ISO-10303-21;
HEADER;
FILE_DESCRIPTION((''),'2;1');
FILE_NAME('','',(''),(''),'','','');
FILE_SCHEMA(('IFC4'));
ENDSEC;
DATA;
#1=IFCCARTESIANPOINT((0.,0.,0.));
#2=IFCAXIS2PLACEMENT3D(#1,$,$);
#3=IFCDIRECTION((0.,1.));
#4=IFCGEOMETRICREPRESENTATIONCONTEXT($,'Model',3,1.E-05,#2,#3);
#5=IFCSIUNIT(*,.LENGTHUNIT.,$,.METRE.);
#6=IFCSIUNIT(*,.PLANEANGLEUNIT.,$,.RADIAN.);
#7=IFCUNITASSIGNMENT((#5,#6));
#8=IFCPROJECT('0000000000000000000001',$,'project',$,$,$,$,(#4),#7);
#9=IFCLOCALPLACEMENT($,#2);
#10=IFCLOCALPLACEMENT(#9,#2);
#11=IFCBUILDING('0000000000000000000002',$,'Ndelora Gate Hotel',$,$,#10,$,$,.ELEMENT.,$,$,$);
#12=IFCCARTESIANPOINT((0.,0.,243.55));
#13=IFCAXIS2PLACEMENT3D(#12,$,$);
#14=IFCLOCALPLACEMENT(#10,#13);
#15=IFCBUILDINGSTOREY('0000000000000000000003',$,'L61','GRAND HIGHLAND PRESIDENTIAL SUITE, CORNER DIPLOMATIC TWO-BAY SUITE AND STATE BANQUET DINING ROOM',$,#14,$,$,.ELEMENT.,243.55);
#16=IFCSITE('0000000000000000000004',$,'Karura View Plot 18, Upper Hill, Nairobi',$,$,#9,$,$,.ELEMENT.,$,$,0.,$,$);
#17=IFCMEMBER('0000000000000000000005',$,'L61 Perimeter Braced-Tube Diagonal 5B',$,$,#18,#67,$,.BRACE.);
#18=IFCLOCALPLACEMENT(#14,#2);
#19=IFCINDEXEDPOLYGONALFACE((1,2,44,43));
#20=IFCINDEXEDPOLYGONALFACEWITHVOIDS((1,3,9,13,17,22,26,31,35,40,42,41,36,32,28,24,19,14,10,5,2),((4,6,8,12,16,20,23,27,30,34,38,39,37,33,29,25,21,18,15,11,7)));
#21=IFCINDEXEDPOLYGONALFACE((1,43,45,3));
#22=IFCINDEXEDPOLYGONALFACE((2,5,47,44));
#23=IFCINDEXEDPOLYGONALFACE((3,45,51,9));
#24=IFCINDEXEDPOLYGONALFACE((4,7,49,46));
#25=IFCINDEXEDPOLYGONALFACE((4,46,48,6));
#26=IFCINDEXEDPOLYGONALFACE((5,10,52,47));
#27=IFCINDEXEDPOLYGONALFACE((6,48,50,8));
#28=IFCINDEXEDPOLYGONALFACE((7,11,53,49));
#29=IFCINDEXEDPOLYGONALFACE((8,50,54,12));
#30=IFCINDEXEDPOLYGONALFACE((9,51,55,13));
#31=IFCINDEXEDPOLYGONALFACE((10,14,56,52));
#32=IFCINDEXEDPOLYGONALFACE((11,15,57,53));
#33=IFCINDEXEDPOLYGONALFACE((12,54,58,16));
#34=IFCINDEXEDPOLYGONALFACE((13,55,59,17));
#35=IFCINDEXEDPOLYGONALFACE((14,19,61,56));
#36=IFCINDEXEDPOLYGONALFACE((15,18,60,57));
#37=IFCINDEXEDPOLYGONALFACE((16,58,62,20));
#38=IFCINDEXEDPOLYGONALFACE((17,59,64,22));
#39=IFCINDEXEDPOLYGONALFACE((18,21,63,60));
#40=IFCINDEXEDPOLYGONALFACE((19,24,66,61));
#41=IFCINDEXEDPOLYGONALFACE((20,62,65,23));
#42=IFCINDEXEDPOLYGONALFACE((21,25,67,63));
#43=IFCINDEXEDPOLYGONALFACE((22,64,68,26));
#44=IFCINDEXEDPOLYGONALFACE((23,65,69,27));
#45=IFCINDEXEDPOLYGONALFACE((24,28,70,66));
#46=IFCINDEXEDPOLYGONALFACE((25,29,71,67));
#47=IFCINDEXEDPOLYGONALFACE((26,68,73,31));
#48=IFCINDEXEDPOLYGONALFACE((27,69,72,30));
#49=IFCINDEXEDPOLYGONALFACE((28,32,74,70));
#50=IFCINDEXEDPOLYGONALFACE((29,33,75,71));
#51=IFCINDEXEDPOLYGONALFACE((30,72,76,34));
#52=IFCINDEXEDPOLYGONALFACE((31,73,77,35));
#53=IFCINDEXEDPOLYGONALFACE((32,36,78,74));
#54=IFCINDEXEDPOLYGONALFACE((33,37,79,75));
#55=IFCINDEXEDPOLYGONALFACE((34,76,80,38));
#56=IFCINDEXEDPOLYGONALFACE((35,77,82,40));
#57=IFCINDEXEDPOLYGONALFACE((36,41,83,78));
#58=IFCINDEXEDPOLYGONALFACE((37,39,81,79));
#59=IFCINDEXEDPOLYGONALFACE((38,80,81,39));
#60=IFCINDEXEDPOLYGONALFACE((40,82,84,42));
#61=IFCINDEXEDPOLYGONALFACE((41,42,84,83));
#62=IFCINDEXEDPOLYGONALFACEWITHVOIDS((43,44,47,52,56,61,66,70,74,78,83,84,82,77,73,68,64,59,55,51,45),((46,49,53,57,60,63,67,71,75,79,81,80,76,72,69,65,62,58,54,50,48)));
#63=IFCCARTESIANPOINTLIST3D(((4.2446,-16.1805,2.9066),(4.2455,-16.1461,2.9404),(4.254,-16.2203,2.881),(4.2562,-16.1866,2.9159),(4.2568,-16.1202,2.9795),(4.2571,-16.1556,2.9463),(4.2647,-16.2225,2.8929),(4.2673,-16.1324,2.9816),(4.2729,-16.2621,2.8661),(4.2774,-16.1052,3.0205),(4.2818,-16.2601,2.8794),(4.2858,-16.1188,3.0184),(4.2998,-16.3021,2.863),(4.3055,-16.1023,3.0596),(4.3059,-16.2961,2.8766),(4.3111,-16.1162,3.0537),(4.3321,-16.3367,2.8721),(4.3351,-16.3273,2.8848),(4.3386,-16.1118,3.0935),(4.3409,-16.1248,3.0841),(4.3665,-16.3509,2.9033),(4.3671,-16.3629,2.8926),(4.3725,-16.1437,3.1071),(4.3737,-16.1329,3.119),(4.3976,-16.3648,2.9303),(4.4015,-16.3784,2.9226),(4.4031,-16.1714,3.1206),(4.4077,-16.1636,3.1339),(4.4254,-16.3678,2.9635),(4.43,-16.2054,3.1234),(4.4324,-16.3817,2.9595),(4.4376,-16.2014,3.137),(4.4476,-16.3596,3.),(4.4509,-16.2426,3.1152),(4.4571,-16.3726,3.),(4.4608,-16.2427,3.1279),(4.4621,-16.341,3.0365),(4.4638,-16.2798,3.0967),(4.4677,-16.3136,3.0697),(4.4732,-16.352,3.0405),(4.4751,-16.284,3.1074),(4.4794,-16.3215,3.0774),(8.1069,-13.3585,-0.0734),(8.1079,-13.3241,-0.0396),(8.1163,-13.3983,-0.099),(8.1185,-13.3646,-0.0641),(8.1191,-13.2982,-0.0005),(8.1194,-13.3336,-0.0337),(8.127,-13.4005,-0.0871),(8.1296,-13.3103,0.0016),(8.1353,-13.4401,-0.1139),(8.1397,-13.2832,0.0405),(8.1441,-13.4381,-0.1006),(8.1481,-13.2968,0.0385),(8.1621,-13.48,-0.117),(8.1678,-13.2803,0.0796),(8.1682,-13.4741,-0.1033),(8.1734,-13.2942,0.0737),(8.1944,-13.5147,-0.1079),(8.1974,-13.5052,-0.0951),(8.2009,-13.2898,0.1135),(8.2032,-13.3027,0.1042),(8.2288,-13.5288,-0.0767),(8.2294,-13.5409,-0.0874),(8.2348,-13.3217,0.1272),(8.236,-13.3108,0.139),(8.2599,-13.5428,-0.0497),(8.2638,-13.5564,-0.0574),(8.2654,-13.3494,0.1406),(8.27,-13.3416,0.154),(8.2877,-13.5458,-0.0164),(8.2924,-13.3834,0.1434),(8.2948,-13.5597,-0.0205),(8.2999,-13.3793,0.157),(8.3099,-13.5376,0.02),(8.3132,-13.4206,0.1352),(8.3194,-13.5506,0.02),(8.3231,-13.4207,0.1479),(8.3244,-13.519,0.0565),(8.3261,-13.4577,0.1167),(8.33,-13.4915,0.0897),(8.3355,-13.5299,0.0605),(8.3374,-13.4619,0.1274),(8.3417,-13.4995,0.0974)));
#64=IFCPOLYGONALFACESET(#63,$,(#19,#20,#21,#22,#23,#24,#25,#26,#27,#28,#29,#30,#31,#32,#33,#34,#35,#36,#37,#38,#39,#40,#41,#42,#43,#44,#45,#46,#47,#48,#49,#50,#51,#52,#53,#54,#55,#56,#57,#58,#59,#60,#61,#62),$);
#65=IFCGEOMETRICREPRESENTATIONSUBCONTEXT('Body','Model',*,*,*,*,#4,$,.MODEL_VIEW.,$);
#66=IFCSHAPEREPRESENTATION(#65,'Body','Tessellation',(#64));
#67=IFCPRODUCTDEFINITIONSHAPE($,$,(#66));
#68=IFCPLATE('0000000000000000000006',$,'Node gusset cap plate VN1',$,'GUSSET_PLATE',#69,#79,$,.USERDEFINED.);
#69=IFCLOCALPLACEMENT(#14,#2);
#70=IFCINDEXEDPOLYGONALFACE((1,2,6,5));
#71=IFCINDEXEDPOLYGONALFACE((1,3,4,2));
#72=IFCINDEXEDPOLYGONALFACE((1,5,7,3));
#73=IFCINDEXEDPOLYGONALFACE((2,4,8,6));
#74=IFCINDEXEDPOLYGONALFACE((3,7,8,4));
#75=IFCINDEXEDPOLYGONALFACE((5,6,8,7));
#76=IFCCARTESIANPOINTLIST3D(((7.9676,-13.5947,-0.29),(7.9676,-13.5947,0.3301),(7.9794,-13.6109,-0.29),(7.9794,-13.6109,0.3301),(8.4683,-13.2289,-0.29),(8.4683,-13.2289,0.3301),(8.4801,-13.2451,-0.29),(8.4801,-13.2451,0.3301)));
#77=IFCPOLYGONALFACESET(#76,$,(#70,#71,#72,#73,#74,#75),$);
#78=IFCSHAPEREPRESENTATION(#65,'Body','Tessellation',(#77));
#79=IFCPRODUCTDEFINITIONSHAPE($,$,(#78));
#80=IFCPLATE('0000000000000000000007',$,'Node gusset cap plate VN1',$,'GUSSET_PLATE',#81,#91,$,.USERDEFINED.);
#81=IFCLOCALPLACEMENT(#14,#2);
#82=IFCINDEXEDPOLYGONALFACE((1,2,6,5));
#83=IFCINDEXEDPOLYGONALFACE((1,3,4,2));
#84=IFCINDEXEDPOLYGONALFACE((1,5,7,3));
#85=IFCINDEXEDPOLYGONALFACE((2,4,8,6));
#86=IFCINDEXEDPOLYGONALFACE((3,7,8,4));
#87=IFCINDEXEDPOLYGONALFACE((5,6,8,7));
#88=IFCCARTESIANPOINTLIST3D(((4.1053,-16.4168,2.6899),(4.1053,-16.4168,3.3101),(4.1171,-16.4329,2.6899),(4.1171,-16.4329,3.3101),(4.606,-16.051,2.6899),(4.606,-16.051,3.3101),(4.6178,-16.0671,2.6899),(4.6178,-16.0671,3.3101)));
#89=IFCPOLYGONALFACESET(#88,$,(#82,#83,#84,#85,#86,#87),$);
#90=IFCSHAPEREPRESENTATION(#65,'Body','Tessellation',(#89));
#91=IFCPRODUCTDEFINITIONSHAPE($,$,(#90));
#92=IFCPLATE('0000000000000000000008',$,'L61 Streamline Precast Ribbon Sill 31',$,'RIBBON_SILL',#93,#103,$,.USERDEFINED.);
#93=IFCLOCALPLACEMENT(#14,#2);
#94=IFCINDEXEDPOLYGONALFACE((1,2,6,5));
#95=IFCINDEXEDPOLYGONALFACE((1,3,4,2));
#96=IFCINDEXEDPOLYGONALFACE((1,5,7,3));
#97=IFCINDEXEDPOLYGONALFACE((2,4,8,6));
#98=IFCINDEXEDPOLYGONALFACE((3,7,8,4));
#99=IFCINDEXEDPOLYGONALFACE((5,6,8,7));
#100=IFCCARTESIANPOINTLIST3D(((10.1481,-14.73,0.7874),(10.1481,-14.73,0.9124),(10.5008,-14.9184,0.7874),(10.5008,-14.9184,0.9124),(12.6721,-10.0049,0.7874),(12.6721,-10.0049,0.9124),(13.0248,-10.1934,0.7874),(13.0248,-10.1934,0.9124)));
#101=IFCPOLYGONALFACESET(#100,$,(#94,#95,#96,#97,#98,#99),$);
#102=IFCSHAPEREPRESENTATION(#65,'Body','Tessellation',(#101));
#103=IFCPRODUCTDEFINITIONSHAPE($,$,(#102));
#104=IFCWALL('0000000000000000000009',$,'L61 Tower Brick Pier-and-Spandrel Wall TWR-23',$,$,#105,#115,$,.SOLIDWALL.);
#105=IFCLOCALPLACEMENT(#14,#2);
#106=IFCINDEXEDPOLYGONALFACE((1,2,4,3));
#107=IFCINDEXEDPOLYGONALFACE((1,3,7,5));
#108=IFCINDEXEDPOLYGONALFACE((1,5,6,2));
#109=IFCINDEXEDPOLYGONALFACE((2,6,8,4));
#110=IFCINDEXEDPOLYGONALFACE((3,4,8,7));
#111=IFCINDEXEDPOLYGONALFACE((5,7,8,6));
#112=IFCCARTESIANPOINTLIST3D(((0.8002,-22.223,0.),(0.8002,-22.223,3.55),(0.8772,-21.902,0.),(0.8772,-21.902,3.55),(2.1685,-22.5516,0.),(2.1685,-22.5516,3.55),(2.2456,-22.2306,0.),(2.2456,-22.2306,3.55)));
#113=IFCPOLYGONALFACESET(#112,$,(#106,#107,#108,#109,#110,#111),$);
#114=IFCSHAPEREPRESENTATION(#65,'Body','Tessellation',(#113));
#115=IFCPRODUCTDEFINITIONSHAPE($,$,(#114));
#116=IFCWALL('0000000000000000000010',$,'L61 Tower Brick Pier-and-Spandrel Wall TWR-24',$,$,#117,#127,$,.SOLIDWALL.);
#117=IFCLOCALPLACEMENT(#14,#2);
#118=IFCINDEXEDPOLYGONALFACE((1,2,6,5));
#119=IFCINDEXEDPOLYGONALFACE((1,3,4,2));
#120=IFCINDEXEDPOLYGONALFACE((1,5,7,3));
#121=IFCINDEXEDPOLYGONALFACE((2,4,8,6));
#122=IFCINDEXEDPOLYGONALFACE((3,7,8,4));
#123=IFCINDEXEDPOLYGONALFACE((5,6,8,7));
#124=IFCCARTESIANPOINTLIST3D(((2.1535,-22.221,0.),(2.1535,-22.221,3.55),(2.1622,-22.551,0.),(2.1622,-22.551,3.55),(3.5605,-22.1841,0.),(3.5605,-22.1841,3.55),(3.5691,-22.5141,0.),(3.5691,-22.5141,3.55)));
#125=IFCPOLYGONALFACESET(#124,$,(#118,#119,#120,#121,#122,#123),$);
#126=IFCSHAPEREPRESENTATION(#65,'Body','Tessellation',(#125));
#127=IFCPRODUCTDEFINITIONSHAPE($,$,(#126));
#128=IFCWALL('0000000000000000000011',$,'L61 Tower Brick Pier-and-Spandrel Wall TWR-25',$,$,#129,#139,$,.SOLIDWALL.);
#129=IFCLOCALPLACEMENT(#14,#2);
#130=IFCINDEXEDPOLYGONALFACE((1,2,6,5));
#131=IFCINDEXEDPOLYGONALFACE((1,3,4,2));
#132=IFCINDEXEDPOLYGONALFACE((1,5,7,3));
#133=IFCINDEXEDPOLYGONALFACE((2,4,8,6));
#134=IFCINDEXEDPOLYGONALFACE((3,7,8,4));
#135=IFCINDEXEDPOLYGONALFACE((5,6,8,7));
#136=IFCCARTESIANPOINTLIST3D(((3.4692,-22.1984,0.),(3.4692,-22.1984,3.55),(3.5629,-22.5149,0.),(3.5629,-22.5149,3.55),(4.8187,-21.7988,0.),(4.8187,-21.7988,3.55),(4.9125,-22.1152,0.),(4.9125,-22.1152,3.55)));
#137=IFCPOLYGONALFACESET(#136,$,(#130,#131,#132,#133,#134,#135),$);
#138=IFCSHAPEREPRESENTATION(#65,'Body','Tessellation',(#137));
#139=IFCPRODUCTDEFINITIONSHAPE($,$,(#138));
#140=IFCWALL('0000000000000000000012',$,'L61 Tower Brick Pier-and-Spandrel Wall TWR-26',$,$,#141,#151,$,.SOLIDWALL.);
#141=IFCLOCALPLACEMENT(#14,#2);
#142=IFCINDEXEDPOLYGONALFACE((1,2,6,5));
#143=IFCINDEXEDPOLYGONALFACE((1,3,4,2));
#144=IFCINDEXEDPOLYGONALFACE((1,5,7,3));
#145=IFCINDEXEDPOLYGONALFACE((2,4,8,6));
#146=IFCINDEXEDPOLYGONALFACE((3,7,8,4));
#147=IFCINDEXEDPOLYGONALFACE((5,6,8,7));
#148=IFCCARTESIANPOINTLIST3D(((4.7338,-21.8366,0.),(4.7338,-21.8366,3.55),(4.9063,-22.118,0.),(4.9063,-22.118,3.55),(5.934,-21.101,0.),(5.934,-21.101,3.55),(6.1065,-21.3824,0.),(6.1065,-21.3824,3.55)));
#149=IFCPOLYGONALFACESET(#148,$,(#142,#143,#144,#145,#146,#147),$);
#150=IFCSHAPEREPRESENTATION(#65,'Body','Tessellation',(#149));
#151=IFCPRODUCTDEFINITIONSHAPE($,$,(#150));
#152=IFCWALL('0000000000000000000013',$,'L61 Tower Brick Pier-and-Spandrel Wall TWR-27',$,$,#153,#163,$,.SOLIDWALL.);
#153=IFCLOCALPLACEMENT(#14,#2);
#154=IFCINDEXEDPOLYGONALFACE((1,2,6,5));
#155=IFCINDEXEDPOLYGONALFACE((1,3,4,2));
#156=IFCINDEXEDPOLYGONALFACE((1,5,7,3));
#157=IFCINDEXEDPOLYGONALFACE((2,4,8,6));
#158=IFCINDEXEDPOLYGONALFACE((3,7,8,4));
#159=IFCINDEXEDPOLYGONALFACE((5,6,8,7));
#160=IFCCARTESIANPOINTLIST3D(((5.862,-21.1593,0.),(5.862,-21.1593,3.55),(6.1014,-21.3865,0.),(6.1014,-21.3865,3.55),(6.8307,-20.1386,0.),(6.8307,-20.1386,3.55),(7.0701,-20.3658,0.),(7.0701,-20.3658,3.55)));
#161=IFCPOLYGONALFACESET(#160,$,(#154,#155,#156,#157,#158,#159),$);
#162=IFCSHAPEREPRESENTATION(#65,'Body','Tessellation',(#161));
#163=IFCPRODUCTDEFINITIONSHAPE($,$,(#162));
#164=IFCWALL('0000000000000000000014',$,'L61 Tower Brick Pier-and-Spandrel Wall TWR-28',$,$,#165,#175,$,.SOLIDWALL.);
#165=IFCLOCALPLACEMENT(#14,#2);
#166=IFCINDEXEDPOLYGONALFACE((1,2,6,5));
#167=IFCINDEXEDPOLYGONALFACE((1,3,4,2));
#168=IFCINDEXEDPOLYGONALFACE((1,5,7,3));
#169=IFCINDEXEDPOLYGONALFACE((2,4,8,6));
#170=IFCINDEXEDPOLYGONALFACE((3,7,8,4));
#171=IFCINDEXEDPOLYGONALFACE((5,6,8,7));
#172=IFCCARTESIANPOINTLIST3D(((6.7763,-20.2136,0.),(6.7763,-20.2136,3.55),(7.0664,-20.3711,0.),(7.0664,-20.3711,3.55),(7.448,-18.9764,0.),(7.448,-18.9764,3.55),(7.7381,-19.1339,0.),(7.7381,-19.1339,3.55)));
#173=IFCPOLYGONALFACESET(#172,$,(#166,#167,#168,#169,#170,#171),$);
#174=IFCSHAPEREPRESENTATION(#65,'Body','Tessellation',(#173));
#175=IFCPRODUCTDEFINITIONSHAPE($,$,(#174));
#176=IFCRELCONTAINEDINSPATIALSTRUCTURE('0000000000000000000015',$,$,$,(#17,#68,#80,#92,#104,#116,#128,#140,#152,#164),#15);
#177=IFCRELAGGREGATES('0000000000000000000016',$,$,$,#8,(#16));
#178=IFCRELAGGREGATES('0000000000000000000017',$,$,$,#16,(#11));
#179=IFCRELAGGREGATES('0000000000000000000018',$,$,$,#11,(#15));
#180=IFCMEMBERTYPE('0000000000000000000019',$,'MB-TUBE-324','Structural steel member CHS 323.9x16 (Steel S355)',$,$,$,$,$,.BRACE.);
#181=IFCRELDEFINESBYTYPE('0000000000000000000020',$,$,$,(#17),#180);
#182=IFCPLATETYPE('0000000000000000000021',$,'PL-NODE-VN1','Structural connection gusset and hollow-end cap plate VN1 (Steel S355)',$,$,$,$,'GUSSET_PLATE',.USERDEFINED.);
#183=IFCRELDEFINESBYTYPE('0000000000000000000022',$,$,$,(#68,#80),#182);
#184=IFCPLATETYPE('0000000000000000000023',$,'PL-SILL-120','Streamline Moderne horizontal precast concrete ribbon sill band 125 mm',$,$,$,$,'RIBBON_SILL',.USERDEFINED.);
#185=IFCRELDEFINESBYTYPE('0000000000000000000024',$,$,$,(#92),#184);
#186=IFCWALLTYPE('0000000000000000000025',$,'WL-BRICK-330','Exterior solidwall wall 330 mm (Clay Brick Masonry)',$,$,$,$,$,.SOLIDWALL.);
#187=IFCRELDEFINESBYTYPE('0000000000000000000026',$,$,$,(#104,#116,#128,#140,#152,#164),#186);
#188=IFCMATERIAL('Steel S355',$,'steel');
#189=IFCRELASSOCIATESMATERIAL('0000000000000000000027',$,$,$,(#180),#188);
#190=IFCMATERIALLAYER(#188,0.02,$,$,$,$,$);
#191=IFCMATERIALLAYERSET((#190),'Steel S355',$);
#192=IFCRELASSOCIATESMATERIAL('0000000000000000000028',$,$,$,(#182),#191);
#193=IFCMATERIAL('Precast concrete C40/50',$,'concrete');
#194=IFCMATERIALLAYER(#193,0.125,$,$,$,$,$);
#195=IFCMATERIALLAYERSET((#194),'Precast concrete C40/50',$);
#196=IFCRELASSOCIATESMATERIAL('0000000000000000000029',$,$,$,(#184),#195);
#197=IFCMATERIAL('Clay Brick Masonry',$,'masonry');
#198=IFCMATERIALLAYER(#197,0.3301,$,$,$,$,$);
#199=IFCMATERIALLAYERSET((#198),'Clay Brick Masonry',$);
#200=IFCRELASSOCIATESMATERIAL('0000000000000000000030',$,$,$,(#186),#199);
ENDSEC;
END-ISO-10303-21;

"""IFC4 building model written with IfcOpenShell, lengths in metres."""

from ifc_helpers import new_model, si_unit, direction, frame, frame_2d, origin, origin_2d, place, context, subcontext, project, spatial, rectangle, hollow_circle, extrude, material, layer, layer_set, material_profile, profile_set, type_object, element, save


model = new_model("IFC4")

# Units and contexts
model_context = context("Model", 3, precision=1e-05, world=origin(), true_north=direction((0.0, 1.0)))
body_context = subcontext(model_context, "Body", "Model", "MODEL_VIEW")
ifc_project = project(units=[si_unit("LENGTHUNIT", "METRE"), si_unit("PLANEANGLEUNIT", "RADIAN")], contexts=[model_context])

# Site, building, storey
site_placement = place(None, origin())
site = spatial("IfcSite", under=ifc_project, at=site_placement, Name="Karura View Plot 18, Upper Hill, Nairobi", CompositionType="ELEMENT", RefElevation=0.0)
building_placement = place(site_placement, origin())
building = spatial("IfcBuilding", under=site, at=building_placement, Name="Ndelora Gate Hotel", CompositionType="ELEMENT")
storey_placement = place(building_placement, frame((0.0, 0.0, 243.55)))
storey = spatial("IfcBuildingStorey", under=building, at=storey_placement, Name="L61", Description="GRAND HIGHLAND PRESIDENTIAL SUITE, CORNER DIPLOMATIC TWO-BAY SUITE AND STATE BANQUET DINING ROOM", CompositionType="ELEMENT", Elevation=243.55)

# Shared definitions
ifc_material_1 = material(Name="Steel S355", Category="steel")

# Member
ifc_material_profile_1 = material_profile(ifc_material_1, hollow_circle(Radius=0.1619, WallThickness=0.0161, at=origin_2d()), Name="CHS 323.9x16")
ifc_profile_set_1 = profile_set([ifc_material_profile_1], Name="Steel S355")
member_type = type_object("IfcMemberType", Name="MB-TUBE-324", Description="Structural steel member CHS 323.9x16 (Steel S355)", PredefinedType="BRACE", material=ifc_profile_set_1)
member_placement = place(storey_placement, frame((8.2239, -13.4199, 0.02), z_axis=(-0.685324, -0.500737, 0.528765), x_axis=(0.589958, -0.807434, 0.0)))
element("IfcMember", 1, at=member_placement, inside=storey, type_object=member_type, Name="L61 Perimeter Braced-Tube Diagonal 5B", PredefinedType="BRACE", context=body_context, shape_type="SweptSolid", body=[
    extrude(hollow_circle(Radius=0.1619, WallThickness=0.0161, at=origin_2d()), origin(), (0.0, 0.0, 1.0), 5.6357),
])

# Plates
ifc_layer_1 = layer(ifc_material_1, 0.02)
ifc_layer_set_1 = layer_set([ifc_layer_1], Name="Steel S355")
plate_type_1 = type_object("IfcPlateType", Name="PL-NODE-VN1", Description="Structural connection gusset and hollow-end cap plate VN1 (Steel S355)", ElementType="GUSSET_PLATE", PredefinedType="USERDEFINED", material=ifc_layer_set_1)
for number, where, z_axis, x_axis, name in (
    (2, (8.2239, -13.4199, -0.29), (0.0, 0.0, 1.0), (0.807475, 0.589901, 0.0), "Node gusset cap plate VN1"),
    (3, (4.3616, -16.2419, 2.6899), (0.0, 0.0, 1.0), (0.807475, 0.589901, 0.0), "Node gusset cap plate VN1"),
):
    element("IfcPlate", number, at=place(storey_placement, frame(where, z_axis=z_axis, x_axis=x_axis)), inside=storey, type_object=plate_type_1, Name=name, ObjectType="GUSSET_PLATE", PredefinedType="USERDEFINED", context=body_context, shape_type="SweptSolid", body=[
        extrude(rectangle(XDim=0.6201, YDim=0.02, at=origin_2d()), origin(), (0.0, 0.0, 1.0), 0.6201),
    ])
ifc_material_2 = material(Name="Precast concrete C40/50", Category="concrete")
ifc_layer_2 = layer(ifc_material_2, 0.125)
ifc_layer_set_2 = layer_set([ifc_layer_2], Name="Precast concrete C40/50")
plate_type_2 = type_object("IfcPlateType", Name="PL-SILL-120", Description="Streamline Moderne horizontal precast concrete ribbon sill band 125 mm", ElementType="RIBBON_SILL", PredefinedType="USERDEFINED", material=ifc_layer_set_2)
plate_placement = place(storey_placement, frame((11.5864, -12.4617, 0.7874), z_axis=(0.0, 0.0, 1.0), x_axis=(0.471166, 0.882045, 0.0)))
element("IfcPlate", 4, at=plate_placement, inside=storey, type_object=plate_type_2, Name="L61 Streamline Precast Ribbon Sill 31", ObjectType="RIBBON_SILL", PredefinedType="USERDEFINED", context=body_context, shape_type="SweptSolid", body=[
    extrude(rectangle(XDim=5.3569, YDim=0.3999, at=origin_2d()), origin(), (0.0, 0.0, 1.0), 0.125),
])

# Walls
ifc_material_3 = material(Name="Clay Brick Masonry", Category="masonry")
ifc_layer_3 = layer(ifc_material_3, 0.3301)
ifc_layer_set_3 = layer_set([ifc_layer_3], Name="Clay Brick Masonry")
wall_type = type_object("IfcWallType", Name="WL-BRICK-330", Description="Exterior solidwall wall 330 mm (Clay Brick Masonry)", PredefinedType="SOLIDWALL", material=ifc_layer_set_3)
wall_1_placement = place(storey_placement, frame((2.207, -22.3911, 0.0), z_axis=(0.0, 0.0, 1.0), x_axis=(-0.972356, 0.233504, 0.0)))
element("IfcWall", 5, at=wall_1_placement, inside=storey, type_object=wall_type, Name="L61 Tower Brick Pier-and-Spandrel Wall TWR-23", PredefinedType="SOLIDWALL", context=body_context, shape_type="SweptSolid", body=[
    extrude(rectangle(XDim=1.4072, YDim=0.3301, at=frame_2d((0.7036, 0.0))), origin(), (0.0, 0.0, 1.0), 3.55),
])
for number, where, z_axis, x_axis, name in (
    (6, (3.5647, -22.3491, 0.0), (0.0, 0.0, 1.0), (-0.999657, -0.026193, 0.0), "L61 Tower Brick Pier-and-Spandrel Wall TWR-24"),
    (7, (4.8655, -21.957, 0.0), (0.0, 0.0, 1.0), (-0.958842, -0.283941, 0.0), "L61 Tower Brick Pier-and-Spandrel Wall TWR-25"),
):
    element("IfcWall", number, at=place(storey_placement, frame(where, z_axis=z_axis, x_axis=x_axis)), inside=storey, type_object=wall_type, Name=name, PredefinedType="SOLIDWALL", context=body_context, shape_type="SweptSolid", body=[
        extrude(rectangle(XDim=1.4075, YDim=0.3301, at=frame_2d((0.7036, 0.0))), origin(), (0.0, 0.0, 1.0), 3.55),
    ])
wall_2_placement = place(storey_placement, frame((6.0203, -21.2417, 0.0), z_axis=(0.0, 0.0, 1.0), x_axis=(-0.852604, -0.522558, 0.0)))
element("IfcWall", 8, at=wall_2_placement, inside=storey, type_object=wall_type, Name="L61 Tower Brick Pier-and-Spandrel Wall TWR-26", PredefinedType="SOLIDWALL", context=body_context, shape_type="SweptSolid", body=[
    extrude(rectangle(XDim=1.4077, YDim=0.3301, at=frame_2d((0.7039, 0.0))), origin(), (0.0, 0.0, 1.0), 3.55),
])
wall_3_placement = place(storey_placement, frame((6.9504, -20.2522, 0.0), z_axis=(0.0, 0.0, 1.0), x_axis=(-0.688389, -0.725342, 0.0)))
element("IfcWall", 9, at=wall_3_placement, inside=storey, type_object=wall_type, Name="L61 Tower Brick Pier-and-Spandrel Wall TWR-27", PredefinedType="SOLIDWALL", context=body_context, shape_type="SweptSolid", body=[
    extrude(rectangle(XDim=1.4072, YDim=0.3301, at=frame_2d((0.7036, 0.0))), origin(), (0.0, 0.0, 1.0), 3.55),
])
wall_4_placement = place(storey_placement, frame((7.593, -19.0552, 0.0), z_axis=(0.0, 0.0, 1.0), x_axis=(-0.477138, -0.878828, 0.0)))
element("IfcWall", 10, at=wall_4_placement, inside=storey, type_object=wall_type, Name="L61 Tower Brick Pier-and-Spandrel Wall TWR-28", PredefinedType="SOLIDWALL", context=body_context, shape_type="SweptSolid", body=[
    extrude(rectangle(XDim=1.4077, YDim=0.3301, at=frame_2d((0.7039, 0.0))), origin(), (0.0, 0.0, 1.0), 3.55),
])

save(model, "model.ifc")
